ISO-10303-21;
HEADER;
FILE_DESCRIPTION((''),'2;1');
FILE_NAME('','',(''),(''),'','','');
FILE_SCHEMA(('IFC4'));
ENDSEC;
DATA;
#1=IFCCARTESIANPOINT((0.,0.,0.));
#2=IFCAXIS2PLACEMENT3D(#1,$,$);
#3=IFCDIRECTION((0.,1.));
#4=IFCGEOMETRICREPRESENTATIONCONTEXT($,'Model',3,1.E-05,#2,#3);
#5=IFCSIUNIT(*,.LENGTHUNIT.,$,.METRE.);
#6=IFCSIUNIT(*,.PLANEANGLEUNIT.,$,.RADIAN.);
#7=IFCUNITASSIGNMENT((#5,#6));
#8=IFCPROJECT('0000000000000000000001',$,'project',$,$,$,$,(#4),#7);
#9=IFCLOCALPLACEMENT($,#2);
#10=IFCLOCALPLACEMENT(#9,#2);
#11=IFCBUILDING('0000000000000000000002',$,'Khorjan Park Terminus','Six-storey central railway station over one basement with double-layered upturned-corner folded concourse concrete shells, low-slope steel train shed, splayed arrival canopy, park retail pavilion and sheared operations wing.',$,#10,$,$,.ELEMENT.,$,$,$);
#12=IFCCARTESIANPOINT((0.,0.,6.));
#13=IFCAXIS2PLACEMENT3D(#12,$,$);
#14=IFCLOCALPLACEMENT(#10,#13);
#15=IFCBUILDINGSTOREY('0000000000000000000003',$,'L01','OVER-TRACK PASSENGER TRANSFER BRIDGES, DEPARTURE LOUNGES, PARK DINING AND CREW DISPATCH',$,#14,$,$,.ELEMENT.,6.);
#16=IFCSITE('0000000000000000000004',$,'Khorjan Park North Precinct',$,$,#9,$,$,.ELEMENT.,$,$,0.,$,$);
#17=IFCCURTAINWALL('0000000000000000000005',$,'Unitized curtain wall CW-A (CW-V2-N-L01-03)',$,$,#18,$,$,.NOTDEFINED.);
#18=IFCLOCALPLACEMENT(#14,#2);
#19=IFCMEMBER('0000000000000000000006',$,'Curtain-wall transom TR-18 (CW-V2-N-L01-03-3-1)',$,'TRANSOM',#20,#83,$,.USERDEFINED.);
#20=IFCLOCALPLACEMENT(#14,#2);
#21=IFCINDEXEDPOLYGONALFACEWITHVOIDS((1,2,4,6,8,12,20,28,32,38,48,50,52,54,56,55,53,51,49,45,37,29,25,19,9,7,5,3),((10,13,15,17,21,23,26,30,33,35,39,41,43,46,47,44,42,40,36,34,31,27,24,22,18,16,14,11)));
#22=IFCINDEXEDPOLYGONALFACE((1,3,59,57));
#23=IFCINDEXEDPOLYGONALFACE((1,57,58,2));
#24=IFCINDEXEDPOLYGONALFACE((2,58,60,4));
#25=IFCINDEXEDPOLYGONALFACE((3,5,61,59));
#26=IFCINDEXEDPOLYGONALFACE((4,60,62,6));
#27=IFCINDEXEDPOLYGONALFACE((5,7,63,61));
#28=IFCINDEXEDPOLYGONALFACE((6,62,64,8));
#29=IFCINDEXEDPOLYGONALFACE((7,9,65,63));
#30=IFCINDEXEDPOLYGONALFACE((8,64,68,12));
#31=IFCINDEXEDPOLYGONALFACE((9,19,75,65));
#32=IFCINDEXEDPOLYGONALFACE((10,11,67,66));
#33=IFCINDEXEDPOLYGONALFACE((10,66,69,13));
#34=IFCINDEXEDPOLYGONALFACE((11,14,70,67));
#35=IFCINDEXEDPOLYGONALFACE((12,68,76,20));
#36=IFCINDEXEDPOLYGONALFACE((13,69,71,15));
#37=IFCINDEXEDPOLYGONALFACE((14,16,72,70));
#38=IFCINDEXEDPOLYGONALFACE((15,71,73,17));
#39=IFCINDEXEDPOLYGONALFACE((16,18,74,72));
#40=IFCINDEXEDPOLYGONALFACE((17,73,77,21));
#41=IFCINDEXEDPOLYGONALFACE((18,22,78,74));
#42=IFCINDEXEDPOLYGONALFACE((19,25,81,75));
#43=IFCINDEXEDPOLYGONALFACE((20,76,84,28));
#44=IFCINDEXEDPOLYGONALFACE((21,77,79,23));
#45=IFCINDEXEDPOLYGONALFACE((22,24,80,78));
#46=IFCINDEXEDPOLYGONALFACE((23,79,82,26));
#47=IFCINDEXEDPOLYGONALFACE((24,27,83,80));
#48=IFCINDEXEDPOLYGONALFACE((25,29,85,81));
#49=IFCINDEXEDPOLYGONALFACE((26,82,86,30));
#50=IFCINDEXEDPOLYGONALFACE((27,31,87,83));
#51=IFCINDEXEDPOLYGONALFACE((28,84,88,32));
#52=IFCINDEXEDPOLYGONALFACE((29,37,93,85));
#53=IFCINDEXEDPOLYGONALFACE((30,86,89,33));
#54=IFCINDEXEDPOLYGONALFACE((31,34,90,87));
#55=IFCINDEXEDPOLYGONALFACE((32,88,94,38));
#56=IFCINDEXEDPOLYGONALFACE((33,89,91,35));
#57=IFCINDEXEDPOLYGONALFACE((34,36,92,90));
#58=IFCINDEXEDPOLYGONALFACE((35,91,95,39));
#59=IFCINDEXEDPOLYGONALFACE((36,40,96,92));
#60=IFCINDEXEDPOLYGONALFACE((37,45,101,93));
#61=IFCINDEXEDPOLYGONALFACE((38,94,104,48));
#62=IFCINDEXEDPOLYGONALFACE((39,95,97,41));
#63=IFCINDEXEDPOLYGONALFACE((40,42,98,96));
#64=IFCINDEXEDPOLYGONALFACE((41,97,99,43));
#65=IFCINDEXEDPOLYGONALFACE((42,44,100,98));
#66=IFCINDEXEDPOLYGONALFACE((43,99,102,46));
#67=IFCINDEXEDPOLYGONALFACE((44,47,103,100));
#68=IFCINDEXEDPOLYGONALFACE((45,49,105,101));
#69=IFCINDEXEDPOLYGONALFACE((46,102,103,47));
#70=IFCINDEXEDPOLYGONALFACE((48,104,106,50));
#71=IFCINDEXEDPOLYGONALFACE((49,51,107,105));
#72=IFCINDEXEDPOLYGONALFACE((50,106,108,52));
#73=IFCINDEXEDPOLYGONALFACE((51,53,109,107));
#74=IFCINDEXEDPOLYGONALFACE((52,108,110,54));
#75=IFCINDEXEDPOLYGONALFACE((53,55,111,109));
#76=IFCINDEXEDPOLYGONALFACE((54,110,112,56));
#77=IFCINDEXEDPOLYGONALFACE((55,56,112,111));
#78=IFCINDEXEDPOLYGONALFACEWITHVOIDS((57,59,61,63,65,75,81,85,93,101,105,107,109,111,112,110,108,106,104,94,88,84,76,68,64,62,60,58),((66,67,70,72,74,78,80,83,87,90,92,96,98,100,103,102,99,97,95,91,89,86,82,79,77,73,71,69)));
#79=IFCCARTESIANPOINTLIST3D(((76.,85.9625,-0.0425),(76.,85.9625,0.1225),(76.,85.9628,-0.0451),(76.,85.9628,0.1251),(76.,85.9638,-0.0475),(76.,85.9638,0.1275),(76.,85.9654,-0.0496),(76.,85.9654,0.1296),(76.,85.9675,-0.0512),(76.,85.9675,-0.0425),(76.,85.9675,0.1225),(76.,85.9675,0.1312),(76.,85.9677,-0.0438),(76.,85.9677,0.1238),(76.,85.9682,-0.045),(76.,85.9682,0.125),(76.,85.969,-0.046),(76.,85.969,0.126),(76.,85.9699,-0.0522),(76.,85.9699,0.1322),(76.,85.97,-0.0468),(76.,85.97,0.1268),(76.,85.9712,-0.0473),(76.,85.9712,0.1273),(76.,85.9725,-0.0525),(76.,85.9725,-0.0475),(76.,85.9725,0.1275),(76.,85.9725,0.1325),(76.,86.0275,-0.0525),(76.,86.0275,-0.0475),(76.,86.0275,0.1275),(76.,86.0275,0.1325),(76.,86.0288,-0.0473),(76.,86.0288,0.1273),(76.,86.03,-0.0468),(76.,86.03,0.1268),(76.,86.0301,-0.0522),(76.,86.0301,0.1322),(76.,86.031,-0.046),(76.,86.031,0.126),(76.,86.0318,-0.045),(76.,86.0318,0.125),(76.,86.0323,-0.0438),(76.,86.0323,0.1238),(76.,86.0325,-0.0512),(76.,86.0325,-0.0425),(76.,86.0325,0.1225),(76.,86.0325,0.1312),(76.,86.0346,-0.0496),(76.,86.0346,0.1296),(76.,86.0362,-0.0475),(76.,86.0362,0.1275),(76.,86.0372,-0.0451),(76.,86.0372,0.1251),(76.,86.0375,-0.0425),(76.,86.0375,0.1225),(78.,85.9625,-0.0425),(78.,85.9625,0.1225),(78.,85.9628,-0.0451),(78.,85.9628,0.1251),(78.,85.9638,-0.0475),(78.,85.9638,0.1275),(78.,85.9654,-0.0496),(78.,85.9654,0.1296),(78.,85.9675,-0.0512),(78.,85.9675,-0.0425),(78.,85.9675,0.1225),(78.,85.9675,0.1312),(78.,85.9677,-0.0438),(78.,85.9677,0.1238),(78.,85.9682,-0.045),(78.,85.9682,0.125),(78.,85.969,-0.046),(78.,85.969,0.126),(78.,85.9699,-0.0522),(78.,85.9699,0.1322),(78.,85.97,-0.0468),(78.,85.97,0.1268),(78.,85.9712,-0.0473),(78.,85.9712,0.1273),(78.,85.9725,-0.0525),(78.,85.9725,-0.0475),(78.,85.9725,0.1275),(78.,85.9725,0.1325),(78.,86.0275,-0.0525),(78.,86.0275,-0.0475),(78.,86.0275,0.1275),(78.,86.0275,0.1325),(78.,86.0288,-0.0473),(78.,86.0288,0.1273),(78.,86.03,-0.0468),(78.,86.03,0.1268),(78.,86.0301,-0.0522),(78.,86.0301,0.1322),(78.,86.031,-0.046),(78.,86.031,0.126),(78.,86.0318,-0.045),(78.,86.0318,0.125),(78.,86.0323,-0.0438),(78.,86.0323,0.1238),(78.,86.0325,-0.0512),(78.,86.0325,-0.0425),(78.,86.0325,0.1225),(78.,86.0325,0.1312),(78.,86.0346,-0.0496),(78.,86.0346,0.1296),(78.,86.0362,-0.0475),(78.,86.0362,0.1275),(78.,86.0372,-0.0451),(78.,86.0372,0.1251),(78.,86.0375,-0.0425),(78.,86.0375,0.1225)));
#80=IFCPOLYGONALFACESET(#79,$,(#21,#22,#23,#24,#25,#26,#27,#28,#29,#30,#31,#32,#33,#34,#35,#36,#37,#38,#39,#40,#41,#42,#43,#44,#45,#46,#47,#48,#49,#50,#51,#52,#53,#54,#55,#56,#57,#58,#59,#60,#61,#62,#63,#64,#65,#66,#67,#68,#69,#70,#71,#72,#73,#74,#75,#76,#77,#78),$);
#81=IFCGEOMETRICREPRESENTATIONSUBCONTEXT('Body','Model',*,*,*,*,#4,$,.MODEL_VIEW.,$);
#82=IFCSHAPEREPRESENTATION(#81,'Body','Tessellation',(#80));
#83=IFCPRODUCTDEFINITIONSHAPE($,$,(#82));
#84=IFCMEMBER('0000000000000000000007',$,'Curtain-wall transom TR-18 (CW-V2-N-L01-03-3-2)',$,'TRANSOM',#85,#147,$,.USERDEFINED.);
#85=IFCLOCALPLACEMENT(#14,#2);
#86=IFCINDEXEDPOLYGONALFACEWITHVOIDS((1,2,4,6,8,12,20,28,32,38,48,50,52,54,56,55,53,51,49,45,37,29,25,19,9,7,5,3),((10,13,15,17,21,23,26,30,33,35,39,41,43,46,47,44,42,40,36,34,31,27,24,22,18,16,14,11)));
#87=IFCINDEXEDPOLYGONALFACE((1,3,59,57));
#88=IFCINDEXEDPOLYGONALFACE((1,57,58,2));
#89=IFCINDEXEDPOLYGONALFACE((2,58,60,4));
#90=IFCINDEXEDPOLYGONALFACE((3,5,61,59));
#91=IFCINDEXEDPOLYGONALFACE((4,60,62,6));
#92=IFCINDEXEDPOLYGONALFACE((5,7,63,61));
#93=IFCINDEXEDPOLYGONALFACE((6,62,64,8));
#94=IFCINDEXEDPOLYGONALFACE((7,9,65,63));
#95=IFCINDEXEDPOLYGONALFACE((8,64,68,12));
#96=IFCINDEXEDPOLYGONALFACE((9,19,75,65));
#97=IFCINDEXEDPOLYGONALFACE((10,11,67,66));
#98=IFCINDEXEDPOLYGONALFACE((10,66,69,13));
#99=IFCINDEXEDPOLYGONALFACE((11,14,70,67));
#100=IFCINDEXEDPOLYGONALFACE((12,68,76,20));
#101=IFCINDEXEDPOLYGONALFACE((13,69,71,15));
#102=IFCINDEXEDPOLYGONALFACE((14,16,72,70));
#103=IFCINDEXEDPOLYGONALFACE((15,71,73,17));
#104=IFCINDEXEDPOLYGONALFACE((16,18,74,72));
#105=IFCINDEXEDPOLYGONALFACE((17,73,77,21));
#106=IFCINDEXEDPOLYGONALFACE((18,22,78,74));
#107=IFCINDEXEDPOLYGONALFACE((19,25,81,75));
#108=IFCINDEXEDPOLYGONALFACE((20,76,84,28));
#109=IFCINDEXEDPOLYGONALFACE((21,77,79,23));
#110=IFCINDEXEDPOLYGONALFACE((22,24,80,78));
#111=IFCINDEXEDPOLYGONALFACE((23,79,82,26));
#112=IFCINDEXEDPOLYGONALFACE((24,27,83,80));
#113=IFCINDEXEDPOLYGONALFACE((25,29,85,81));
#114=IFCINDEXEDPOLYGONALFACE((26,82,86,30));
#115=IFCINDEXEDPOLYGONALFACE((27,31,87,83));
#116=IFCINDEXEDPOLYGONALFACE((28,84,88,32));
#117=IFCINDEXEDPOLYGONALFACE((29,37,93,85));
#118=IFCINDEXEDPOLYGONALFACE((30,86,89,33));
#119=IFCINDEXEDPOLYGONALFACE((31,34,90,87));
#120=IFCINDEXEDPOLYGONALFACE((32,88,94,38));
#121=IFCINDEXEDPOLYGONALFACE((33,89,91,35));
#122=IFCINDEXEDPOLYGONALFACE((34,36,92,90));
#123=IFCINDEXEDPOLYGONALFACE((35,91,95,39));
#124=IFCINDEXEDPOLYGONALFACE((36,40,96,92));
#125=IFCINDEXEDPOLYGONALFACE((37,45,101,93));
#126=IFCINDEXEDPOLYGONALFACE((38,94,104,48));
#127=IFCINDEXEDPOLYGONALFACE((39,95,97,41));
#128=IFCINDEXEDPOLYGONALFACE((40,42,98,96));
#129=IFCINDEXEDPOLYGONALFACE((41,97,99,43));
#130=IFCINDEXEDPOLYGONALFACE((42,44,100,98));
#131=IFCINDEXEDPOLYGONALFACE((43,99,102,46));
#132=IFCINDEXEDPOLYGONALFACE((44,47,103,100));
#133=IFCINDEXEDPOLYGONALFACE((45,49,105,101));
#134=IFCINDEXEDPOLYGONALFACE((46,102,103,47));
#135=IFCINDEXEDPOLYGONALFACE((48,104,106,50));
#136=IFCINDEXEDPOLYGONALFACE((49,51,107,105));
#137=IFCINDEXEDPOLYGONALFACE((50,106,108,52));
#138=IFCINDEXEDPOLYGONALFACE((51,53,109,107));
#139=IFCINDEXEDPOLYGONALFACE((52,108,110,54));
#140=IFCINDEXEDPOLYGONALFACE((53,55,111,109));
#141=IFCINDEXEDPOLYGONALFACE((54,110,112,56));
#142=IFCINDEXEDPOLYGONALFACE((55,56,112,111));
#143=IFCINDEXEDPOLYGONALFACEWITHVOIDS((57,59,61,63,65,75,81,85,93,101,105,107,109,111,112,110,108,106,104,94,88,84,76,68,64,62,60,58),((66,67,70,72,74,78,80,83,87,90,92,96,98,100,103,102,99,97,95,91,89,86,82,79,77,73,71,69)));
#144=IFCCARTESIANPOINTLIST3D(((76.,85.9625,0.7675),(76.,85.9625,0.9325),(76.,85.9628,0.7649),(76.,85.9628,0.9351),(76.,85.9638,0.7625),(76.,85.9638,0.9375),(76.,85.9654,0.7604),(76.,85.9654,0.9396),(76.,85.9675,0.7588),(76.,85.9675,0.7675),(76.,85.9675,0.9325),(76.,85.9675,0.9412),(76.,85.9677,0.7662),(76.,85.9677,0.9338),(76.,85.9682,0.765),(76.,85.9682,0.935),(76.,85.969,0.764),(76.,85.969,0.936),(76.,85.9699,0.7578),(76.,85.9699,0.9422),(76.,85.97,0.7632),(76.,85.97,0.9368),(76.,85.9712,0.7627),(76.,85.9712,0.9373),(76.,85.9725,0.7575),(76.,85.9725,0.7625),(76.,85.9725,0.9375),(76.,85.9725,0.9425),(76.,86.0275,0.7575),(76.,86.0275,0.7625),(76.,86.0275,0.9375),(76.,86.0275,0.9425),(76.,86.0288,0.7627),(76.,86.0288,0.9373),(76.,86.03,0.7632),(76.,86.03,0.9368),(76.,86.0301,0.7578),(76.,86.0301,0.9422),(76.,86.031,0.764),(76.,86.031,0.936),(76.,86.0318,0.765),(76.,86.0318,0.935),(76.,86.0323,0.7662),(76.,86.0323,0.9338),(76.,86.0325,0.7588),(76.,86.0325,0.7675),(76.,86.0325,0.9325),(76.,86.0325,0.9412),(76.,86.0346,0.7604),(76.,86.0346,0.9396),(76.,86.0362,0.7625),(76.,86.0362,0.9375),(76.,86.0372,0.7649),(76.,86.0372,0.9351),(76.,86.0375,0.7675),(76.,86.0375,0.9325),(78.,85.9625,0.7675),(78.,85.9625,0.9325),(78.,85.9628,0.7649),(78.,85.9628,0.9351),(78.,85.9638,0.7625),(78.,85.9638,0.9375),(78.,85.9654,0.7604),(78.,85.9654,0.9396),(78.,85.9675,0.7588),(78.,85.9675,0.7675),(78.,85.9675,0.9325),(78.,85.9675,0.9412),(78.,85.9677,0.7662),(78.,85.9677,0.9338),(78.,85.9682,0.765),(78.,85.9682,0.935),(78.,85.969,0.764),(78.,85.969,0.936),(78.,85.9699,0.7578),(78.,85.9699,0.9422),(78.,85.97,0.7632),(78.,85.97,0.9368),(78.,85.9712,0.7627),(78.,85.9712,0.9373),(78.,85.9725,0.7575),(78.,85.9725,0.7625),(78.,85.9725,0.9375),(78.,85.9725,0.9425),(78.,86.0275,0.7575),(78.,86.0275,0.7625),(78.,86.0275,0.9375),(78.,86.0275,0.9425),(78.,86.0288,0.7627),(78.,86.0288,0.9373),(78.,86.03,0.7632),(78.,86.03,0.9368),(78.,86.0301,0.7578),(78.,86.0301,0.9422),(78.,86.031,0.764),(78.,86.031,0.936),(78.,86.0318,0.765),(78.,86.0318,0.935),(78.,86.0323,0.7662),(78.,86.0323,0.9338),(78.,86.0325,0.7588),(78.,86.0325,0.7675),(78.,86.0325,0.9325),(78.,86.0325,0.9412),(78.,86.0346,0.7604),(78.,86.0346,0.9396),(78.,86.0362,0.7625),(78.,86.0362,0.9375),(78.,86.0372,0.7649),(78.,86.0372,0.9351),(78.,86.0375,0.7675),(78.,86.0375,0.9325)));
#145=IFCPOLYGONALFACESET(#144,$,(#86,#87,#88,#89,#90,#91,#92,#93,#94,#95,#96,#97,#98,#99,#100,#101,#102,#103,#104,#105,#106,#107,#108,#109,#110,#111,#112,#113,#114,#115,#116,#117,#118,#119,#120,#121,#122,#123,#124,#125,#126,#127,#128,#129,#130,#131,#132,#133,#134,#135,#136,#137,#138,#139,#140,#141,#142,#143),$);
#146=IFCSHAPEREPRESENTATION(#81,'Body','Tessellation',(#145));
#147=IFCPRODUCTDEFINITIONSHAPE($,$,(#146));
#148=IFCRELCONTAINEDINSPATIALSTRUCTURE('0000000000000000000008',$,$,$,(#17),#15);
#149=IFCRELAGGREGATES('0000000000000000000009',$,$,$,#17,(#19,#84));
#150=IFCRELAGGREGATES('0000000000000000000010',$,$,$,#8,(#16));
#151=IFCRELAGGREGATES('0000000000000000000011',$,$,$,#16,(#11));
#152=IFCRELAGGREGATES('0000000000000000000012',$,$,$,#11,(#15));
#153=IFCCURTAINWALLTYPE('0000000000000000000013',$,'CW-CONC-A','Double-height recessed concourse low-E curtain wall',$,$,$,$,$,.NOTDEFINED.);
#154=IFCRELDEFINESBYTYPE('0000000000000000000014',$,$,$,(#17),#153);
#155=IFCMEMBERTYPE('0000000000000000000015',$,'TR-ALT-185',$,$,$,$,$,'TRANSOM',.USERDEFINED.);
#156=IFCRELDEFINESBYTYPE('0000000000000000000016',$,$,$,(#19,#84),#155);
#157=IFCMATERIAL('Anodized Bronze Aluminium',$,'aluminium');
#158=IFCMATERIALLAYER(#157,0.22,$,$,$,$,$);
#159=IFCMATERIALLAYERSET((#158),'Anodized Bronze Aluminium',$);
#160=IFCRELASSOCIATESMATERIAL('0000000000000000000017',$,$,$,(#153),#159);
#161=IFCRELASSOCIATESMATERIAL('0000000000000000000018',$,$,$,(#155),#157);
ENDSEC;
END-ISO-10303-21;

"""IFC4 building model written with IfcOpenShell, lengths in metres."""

from ifc_helpers import new_model, si_unit, direction, frame, origin, origin_2d, place, context, subcontext, project, spatial, hollow_rectangle, extrude, material, layer, layer_set, material_profile, profile_set, type_object, element, aggregate, save


model = new_model("IFC4")

# Units and contexts
model_context = context("Model", 3, precision=1e-05, world=origin(), true_north=direction((0.0, 1.0)))
body_context = subcontext(model_context, "Body", "Model", "MODEL_VIEW")
ifc_project = project(units=[si_unit("LENGTHUNIT", "METRE"), si_unit("PLANEANGLEUNIT", "RADIAN")], contexts=[model_context])

# Site, building, storey
site_placement = place(None, origin())
site = spatial("IfcSite", under=ifc_project, at=site_placement, Name="Khorjan Park North Precinct", CompositionType="ELEMENT", RefElevation=0.0)
building_placement = place(site_placement, origin())
building = spatial("IfcBuilding", under=site, at=building_placement, Name="Khorjan Park Terminus", Description="Six-storey central railway station over one basement with double-layered upturned-corner folded concourse concrete shells, low-slope steel train shed, splayed arrival canopy, park retail pavilion and sheared operations wing.", CompositionType="ELEMENT")
storey_placement = place(building_placement, frame((0.0, 0.0, 6.0)))
storey = spatial("IfcBuildingStorey", under=building, at=storey_placement, Name="L01", Description="OVER-TRACK PASSENGER TRANSFER BRIDGES, DEPARTURE LOUNGES, PARK DINING AND CREW DISPATCH", CompositionType="ELEMENT", Elevation=6.0)

# Shared definitions
ifc_material_1 = material(Name="Anodized Bronze Aluminium", Category="aluminium")

# Curtain wall
ifc_layer_1 = layer(ifc_material_1, 0.22)
ifc_layer_set_1 = layer_set([ifc_layer_1], Name="Anodized Bronze Aluminium")
curtain_wall_type_1 = type_object("IfcCurtainWallType", Name="CW-CONC-A", Description="Double-height recessed concourse low-E curtain wall", PredefinedType="NOTDEFINED", material=ifc_layer_set_1)
curtain_wall_1_placement = place(storey_placement, origin())
curtain_wall_1 = element("IfcCurtainWall", 1, at=curtain_wall_1_placement, inside=storey, type_object=curtain_wall_type_1, Name="Unitized curtain wall CW-A (CW-V2-N-L01-03)", PredefinedType="NOTDEFINED")

# Members
ifc_material_profile_1 = material_profile(ifc_material_1, hollow_rectangle(XDim=0.075, YDim=0.185, WallThickness=0.005, InnerFilletRadius=0.005, OuterFilletRadius=0.01, at=origin_2d()), Name="ALT 75x185x5")
ifc_profile_set_1 = profile_set([ifc_material_profile_1], Name="Anodized Bronze Aluminium")
member_type_1 = type_object("IfcMemberType", Name="TR-ALT-185", ElementType="TRANSOM", PredefinedType="USERDEFINED", material=ifc_profile_set_1)
member_1_placement = place(storey_placement, frame((78.0, 86.0, 0.04), z_axis=(-1.0, 0.0, 0.0), x_axis=(0.0, -1.0, 0.0)))
member_1 = element("IfcMember", 2, at=member_1_placement, type_object=member_type_1, Name="Curtain-wall transom TR-18 (CW-V2-N-L01-03-3-1)", ObjectType="TRANSOM", PredefinedType="USERDEFINED", context=body_context, shape_type="SweptSolid", body=[
    extrude(hollow_rectangle(XDim=0.075, YDim=0.185, WallThickness=0.005, InnerFilletRadius=0.005, OuterFilletRadius=0.01, at=origin_2d()), origin(), (0.0, 0.0, 1.0), 2.0),
])
member_2_placement = place(storey_placement, frame((78.0, 86.0, 0.85), z_axis=(-1.0, 0.0, 0.0), x_axis=(0.0, -1.0, 0.0)))
member_2 = element("IfcMember", 3, at=member_2_placement, type_object=member_type_1, Name="Curtain-wall transom TR-18 (CW-V2-N-L01-03-3-2)", ObjectType="TRANSOM", PredefinedType="USERDEFINED", context=body_context, shape_type="SweptSolid", body=[
    extrude(hollow_rectangle(XDim=0.075, YDim=0.185, WallThickness=0.005, InnerFilletRadius=0.005, OuterFilletRadius=0.01, at=origin_2d()), origin(), (0.0, 0.0, 1.0), 2.0),
])

aggregate(curtain_wall_1, [member_1, member_2])

save(model, "model.ifc")
